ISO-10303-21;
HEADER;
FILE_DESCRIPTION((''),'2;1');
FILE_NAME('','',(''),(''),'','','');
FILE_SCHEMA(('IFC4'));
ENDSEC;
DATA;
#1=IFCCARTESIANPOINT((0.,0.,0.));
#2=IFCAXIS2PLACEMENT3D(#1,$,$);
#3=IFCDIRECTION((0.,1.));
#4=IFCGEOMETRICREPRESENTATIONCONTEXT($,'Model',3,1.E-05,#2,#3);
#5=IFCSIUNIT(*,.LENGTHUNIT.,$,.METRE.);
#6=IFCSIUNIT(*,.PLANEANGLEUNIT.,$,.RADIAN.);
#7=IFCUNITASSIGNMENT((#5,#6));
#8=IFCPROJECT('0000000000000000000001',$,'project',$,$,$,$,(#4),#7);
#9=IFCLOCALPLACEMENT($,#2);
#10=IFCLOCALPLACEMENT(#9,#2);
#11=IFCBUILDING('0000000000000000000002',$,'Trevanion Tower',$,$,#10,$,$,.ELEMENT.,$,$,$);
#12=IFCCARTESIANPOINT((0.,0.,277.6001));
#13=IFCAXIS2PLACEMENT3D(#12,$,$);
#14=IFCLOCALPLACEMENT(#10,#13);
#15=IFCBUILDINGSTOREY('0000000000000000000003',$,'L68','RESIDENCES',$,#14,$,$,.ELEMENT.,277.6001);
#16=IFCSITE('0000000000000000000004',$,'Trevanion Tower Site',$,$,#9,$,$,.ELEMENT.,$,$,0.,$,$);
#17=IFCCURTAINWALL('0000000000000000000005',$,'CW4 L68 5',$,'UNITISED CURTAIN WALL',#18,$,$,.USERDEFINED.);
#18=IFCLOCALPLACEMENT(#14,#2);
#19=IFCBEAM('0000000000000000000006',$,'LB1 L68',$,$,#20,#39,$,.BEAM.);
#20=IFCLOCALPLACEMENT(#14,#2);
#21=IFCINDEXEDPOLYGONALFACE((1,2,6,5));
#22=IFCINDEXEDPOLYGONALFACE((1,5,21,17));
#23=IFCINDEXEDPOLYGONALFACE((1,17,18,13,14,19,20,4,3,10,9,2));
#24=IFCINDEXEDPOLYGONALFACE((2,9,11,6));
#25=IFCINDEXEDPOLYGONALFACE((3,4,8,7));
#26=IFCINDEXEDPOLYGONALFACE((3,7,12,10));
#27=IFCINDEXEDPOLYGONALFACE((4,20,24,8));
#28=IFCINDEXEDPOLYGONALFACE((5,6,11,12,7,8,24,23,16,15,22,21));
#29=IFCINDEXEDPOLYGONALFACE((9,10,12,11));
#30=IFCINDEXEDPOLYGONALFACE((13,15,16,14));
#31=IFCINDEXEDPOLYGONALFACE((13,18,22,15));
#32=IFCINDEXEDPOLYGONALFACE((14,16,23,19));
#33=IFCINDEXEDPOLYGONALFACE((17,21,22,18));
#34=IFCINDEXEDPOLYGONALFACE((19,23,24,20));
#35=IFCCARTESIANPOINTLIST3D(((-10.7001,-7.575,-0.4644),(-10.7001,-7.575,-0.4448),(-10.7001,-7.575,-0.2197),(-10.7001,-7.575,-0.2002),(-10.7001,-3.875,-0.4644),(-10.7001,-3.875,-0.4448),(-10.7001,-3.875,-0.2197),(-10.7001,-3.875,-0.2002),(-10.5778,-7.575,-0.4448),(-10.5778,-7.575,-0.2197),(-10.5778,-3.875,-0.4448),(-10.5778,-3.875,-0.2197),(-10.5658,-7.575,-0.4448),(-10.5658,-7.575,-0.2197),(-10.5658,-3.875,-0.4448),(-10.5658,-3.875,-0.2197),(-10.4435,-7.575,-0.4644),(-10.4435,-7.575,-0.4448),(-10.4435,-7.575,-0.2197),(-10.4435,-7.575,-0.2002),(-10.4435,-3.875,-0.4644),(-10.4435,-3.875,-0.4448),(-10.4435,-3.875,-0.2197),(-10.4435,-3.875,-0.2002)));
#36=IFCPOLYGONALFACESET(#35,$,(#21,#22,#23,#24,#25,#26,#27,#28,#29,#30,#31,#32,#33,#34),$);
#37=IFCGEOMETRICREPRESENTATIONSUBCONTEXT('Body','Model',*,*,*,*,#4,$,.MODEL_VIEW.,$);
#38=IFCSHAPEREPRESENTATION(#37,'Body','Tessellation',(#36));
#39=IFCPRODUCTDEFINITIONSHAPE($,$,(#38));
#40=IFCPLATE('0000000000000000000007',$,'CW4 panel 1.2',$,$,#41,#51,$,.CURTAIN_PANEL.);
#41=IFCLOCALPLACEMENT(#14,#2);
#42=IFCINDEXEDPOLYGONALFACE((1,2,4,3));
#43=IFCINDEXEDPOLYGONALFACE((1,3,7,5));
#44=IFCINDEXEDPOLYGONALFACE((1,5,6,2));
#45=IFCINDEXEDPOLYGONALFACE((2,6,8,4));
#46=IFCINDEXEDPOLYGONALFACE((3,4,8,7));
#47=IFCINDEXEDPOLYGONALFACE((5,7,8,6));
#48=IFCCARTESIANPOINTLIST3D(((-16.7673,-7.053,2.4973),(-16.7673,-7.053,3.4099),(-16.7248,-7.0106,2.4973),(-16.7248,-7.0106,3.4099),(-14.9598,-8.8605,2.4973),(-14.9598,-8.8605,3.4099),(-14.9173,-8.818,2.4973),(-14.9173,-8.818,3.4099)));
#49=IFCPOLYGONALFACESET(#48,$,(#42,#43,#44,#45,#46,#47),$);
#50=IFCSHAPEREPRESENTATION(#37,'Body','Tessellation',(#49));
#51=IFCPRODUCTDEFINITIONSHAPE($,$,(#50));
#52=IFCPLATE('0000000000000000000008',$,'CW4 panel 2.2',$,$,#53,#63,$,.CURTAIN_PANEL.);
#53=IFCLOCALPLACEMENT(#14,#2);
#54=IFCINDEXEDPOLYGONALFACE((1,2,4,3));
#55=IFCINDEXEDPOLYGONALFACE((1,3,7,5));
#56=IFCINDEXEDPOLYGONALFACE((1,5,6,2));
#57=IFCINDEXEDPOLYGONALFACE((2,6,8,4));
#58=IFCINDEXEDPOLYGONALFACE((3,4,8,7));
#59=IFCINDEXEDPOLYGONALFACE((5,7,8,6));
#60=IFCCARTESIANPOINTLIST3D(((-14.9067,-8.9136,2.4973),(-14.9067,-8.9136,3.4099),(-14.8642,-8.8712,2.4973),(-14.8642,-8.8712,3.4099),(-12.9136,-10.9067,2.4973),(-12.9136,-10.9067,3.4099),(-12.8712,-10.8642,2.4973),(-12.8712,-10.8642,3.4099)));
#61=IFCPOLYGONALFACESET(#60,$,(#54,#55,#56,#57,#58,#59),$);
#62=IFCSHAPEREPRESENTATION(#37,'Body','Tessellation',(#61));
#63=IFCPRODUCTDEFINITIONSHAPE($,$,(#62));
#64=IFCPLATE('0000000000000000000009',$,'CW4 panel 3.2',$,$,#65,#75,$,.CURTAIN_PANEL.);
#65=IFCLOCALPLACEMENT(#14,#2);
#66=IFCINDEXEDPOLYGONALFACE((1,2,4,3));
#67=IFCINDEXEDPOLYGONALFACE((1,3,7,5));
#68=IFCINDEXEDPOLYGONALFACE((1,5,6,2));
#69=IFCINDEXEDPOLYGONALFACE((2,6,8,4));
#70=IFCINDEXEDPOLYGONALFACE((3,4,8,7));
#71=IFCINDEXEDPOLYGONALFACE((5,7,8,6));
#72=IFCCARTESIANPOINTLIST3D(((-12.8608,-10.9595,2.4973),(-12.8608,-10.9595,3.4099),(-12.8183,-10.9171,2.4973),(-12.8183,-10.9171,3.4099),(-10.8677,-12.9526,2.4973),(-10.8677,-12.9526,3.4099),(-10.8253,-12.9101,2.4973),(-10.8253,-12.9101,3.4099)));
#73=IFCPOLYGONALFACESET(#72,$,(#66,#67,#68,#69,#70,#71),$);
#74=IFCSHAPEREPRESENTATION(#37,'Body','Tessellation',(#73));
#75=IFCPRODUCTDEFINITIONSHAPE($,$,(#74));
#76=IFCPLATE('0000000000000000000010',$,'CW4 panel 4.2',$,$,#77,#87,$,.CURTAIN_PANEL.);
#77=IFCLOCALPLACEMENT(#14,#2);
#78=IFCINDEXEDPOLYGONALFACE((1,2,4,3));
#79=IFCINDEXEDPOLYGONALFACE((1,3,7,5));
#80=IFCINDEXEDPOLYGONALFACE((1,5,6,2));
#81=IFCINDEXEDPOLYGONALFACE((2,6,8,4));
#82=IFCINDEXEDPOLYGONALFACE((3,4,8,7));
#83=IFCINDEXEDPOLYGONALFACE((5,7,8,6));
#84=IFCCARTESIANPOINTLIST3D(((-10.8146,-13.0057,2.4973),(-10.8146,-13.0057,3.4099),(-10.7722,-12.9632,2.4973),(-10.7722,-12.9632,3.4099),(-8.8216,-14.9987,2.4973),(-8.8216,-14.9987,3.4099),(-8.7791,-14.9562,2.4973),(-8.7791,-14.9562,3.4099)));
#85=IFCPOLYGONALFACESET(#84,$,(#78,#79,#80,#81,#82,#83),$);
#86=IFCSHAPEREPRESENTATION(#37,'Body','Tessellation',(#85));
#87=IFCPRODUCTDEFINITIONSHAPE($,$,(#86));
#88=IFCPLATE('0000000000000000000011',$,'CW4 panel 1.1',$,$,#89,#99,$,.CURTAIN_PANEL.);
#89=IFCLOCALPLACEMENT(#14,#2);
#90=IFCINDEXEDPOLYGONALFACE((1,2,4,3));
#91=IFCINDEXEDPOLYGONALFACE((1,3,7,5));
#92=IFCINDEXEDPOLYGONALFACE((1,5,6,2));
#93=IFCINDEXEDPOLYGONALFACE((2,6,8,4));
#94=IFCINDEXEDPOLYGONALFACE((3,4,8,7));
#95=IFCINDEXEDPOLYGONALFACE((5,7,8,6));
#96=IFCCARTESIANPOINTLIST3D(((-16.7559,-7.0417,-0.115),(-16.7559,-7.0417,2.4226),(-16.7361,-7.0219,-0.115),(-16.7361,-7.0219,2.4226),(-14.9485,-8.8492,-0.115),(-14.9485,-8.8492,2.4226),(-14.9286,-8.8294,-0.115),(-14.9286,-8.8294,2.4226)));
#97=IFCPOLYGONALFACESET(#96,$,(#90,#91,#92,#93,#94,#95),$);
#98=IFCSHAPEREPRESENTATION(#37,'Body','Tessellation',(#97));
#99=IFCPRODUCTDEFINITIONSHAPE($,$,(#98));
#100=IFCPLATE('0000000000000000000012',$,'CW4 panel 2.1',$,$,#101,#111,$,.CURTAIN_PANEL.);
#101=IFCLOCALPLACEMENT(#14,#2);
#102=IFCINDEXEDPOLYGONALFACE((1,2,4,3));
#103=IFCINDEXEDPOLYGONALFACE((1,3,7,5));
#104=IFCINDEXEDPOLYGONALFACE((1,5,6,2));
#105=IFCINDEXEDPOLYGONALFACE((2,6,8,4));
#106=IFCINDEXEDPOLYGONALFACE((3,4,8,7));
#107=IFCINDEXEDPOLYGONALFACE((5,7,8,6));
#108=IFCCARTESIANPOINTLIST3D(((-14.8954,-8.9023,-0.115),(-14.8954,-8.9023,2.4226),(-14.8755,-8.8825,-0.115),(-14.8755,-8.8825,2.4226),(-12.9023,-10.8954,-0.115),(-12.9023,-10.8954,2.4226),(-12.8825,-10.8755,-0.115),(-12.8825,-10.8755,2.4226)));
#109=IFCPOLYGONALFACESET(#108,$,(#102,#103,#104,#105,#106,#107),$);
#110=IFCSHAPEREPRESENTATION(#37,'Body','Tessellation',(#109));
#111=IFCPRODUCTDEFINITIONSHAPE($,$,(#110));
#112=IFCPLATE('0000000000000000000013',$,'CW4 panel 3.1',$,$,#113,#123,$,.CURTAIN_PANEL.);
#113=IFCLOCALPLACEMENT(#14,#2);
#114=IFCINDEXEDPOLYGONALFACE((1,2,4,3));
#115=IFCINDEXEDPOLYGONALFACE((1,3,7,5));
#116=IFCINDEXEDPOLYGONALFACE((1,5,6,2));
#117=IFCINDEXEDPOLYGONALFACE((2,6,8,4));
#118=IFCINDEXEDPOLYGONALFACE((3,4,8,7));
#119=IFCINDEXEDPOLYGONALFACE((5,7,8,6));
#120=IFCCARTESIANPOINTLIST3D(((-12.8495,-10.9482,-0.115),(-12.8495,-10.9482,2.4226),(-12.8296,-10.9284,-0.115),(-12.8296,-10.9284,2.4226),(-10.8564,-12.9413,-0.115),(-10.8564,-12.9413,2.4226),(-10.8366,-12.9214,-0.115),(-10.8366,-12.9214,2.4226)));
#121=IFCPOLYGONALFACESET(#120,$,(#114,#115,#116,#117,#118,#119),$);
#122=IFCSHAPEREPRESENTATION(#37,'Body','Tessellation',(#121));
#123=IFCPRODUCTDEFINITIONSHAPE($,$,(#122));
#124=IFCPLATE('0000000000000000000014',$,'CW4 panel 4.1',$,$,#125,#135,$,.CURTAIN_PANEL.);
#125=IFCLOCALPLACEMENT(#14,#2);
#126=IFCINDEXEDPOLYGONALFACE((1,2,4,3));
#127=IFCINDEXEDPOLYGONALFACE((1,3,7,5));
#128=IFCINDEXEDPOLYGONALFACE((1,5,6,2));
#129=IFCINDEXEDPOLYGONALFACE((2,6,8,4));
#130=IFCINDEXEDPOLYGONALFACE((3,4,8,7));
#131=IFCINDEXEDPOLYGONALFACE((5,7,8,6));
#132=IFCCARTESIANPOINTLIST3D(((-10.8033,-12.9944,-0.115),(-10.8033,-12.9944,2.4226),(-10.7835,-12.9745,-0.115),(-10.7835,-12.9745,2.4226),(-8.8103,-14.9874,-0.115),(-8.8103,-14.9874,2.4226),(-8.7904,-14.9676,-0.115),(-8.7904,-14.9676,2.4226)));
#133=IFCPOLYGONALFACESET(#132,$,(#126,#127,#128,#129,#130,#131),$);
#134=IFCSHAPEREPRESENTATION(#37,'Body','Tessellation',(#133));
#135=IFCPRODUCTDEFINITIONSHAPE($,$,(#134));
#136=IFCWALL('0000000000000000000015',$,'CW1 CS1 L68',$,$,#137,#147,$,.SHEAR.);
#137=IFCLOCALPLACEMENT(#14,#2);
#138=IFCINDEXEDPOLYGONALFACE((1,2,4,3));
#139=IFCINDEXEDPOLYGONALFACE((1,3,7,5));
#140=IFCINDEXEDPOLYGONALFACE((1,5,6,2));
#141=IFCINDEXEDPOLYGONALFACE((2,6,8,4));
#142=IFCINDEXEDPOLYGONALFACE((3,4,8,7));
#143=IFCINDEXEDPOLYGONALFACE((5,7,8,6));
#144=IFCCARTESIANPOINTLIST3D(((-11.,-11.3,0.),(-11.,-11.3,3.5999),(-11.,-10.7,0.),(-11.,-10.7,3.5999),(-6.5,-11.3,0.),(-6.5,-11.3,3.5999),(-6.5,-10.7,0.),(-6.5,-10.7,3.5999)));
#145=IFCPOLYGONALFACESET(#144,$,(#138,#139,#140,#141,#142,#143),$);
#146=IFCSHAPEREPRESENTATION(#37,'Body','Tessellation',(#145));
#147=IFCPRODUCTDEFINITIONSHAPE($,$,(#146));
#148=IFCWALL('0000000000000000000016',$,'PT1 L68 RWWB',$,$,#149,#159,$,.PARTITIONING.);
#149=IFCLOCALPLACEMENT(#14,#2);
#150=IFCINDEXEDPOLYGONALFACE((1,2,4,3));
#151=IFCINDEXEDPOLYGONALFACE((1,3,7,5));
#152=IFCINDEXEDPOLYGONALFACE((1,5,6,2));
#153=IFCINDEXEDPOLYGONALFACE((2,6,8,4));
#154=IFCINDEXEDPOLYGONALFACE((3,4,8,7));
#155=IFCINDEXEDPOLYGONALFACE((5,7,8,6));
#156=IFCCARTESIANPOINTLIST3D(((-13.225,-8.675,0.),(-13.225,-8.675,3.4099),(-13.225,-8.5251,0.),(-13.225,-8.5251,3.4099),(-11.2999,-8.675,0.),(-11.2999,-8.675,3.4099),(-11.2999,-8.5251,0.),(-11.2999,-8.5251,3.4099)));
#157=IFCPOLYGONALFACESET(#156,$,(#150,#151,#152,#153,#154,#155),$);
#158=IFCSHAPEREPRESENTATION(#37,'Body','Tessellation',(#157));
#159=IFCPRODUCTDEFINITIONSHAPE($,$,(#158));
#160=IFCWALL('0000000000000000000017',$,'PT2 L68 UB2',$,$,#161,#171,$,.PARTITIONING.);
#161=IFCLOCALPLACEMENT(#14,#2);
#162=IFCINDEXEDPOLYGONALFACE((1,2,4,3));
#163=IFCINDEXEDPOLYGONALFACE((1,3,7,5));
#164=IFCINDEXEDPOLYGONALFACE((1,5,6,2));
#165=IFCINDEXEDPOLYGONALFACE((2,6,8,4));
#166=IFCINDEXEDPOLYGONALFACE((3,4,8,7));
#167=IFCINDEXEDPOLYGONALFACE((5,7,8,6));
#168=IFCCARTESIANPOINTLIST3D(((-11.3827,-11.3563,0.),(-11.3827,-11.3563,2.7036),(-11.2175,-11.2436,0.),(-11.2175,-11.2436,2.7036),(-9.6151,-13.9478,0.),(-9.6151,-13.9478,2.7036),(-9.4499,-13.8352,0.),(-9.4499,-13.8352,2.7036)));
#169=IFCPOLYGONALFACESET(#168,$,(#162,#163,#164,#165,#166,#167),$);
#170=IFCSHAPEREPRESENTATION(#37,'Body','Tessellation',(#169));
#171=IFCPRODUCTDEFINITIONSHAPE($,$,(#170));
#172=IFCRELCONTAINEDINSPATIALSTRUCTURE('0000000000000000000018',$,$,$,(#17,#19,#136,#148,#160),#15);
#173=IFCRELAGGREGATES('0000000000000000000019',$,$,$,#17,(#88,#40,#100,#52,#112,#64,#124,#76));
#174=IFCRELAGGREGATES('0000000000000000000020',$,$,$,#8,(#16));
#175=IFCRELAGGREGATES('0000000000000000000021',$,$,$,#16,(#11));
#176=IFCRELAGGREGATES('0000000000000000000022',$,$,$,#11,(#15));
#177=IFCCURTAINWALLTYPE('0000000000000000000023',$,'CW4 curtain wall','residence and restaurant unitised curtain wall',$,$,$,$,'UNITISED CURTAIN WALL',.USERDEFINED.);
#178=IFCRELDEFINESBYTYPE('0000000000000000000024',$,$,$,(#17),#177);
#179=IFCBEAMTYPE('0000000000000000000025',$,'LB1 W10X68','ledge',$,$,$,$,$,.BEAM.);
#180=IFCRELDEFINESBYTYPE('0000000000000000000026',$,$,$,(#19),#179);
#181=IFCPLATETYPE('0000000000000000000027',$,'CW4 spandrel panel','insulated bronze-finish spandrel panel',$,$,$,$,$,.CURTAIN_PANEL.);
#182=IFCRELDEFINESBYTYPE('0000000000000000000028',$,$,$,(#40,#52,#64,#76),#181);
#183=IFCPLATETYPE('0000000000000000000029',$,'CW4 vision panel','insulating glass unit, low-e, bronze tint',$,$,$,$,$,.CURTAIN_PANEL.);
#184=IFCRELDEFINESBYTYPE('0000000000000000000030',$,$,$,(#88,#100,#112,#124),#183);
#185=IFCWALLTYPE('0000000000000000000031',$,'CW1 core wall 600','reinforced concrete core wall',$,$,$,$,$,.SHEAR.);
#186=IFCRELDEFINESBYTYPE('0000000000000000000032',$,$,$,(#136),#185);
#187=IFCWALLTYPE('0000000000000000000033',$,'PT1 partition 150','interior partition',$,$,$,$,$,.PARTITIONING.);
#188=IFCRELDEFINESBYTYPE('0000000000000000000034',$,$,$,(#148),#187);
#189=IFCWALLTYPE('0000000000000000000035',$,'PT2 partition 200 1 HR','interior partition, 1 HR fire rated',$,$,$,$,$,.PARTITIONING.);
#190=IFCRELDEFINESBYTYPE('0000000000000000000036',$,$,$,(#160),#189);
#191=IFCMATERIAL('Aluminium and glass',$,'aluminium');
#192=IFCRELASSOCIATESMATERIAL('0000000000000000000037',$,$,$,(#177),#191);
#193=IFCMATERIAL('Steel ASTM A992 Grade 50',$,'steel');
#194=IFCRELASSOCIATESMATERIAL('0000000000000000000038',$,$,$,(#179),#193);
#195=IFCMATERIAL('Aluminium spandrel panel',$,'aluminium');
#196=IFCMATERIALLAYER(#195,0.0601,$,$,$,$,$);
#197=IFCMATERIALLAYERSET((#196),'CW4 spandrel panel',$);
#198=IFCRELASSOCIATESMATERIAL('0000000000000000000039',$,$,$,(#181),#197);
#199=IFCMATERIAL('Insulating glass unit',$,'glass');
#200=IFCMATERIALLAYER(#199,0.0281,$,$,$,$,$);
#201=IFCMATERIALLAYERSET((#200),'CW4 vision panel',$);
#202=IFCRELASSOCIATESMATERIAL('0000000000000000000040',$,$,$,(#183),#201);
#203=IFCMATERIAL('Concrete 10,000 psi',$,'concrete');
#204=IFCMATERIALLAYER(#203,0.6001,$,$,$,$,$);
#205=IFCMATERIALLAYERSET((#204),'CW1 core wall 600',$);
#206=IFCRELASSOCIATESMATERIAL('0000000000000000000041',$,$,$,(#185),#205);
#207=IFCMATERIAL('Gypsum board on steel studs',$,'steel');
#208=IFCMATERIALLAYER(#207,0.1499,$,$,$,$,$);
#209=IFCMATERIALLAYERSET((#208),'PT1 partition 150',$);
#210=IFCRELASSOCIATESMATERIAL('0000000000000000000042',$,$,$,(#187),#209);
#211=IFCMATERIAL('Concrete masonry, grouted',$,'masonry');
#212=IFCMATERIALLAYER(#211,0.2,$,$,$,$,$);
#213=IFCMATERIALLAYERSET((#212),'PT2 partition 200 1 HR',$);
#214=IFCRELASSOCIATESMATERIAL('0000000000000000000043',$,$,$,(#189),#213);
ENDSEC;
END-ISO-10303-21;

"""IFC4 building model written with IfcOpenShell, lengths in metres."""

from ifc_helpers import new_model, si_unit, direction, frame, frame_2d, origin, origin_2d, place, context, subcontext, project, spatial, rectangle, i_section, extrude, material, layer, layer_set, material_profile, profile_set, type_object, element, aggregate, save


model = new_model("IFC4")

# Units and contexts
model_context = context("Model", 3, precision=1e-05, world=origin(), true_north=direction((0.0, 1.0)))
body_context = subcontext(model_context, "Body", "Model", "MODEL_VIEW")
ifc_project = project(units=[si_unit("LENGTHUNIT", "METRE"), si_unit("PLANEANGLEUNIT", "RADIAN")], contexts=[model_context])

# Site, building, storey
site_placement = place(None, origin())
site = spatial("IfcSite", under=ifc_project, at=site_placement, Name="Trevanion Tower Site", CompositionType="ELEMENT", RefElevation=0.0)
building_placement = place(site_placement, origin())
building = spatial("IfcBuilding", under=site, at=building_placement, Name="Trevanion Tower", CompositionType="ELEMENT")
storey_placement = place(building_placement, frame((0.0, 0.0, 277.6001)))
storey = spatial("IfcBuildingStorey", under=building, at=storey_placement, Name="L68", Description="RESIDENCES", CompositionType="ELEMENT", Elevation=277.6001)

# Curtain wall
ifc_material_1 = material(Name="Aluminium and glass", Category="aluminium")
curtain_wall_type = type_object("IfcCurtainWallType", Name="CW4 curtain wall", Description="residence and restaurant unitised curtain wall", ElementType="UNITISED CURTAIN WALL", PredefinedType="USERDEFINED", material=ifc_material_1)
curtain_wall_placement = place(storey_placement, origin())
curtain_wall = element("IfcCurtainWall", 1, at=curtain_wall_placement, inside=storey, type_object=curtain_wall_type, Name="CW4 L68 5", ObjectType="UNITISED CURTAIN WALL", PredefinedType="USERDEFINED")

# Beam
ifc_material_2 = material(Name="Steel ASTM A992 Grade 50", Category="steel")
ifc_material_profile_1 = material_profile(ifc_material_2, i_section(OverallWidth=0.2566, OverallDepth=0.2642, WebThickness=0.012, FlangeThickness=0.0195, at=origin_2d()), Name="W10X68")
ifc_profile_set_1 = profile_set([ifc_material_profile_1], Name="Steel ASTM A992 Grade 50")
beam_type = type_object("IfcBeamType", Name="LB1 W10X68", Description="ledge", PredefinedType="BEAM", material=ifc_profile_set_1)
beam_placement = place(storey_placement, frame((-10.5718, -7.575, -0.3323), z_axis=(0.0, 1.0, 0.0), x_axis=(-1.0, 0.0, 0.0)))
element("IfcBeam", 2, at=beam_placement, inside=storey, type_object=beam_type, Name="LB1 L68", PredefinedType="BEAM", context=body_context, shape_type="SweptSolid", body=[
    extrude(i_section(OverallWidth=0.2566, OverallDepth=0.2642, WebThickness=0.012, FlangeThickness=0.0195, at=origin_2d()), origin(), (0.0, 0.0, 1.0), 3.7),
])

# Plates
ifc_material_3 = material(Name="Aluminium spandrel panel", Category="aluminium")
ifc_layer_1 = layer(ifc_material_3, 0.0601)
ifc_layer_set_1 = layer_set([ifc_layer_1], Name="CW4 spandrel panel")
plate_type_1 = type_object("IfcPlateType", Name="CW4 spandrel panel", Description="insulated bronze-finish spandrel panel", PredefinedType="CURTAIN_PANEL", material=ifc_layer_set_1)
plate_1_placement = place(storey_placement, frame((-15.8423, -7.9355, 2.4973), z_axis=(0.0, 0.0, 1.0), x_axis=(0.707107, -0.707107, 0.0)))
plate_1 = element("IfcPlate", 3, at=plate_1_placement, type_object=plate_type_1, Name="CW4 panel 1.2", PredefinedType="CURTAIN_PANEL", context=body_context, shape_type="SweptSolid", body=[
    extrude(rectangle(XDim=2.5562, YDim=0.0601, at=origin_2d()), origin(), (0.0, 0.0, 1.0), 0.9126),
])
plate_2_placement = place(storey_placement, frame((-13.8889, -9.8889, 2.4973), z_axis=(0.0, 0.0, 1.0), x_axis=(0.707107, -0.707107, 0.0)))
plate_2 = element("IfcPlate", 4, at=plate_2_placement, type_object=plate_type_1, Name="CW4 panel 2.2", PredefinedType="CURTAIN_PANEL", context=body_context, shape_type="SweptSolid", body=[
    extrude(rectangle(XDim=2.8186, YDim=0.0601, at=origin_2d()), origin(), (0.0, 0.0, 1.0), 0.9126),
])
plate_3_placement = place(storey_placement, frame((-11.843, -11.9348, 2.4973), z_axis=(0.0, 0.0, 1.0), x_axis=(0.707107, -0.707107, 0.0)))
plate_3 = element("IfcPlate", 5, at=plate_3_placement, type_object=plate_type_1, Name="CW4 panel 3.2", PredefinedType="CURTAIN_PANEL", context=body_context, shape_type="SweptSolid", body=[
    extrude(rectangle(XDim=2.8186, YDim=0.0601, at=origin_2d()), origin(), (0.0, 0.0, 1.0), 0.9126),
])
plate_4_placement = place(storey_placement, frame((-9.7969, -13.981, 2.4973), z_axis=(0.0, 0.0, 1.0), x_axis=(0.707107, -0.707107, 0.0)))
plate_4 = element("IfcPlate", 6, at=plate_4_placement, type_object=plate_type_1, Name="CW4 panel 4.2", PredefinedType="CURTAIN_PANEL", context=body_context, shape_type="SweptSolid", body=[
    extrude(rectangle(XDim=2.8186, YDim=0.0601, at=origin_2d()), origin(), (0.0, 0.0, 1.0), 0.9126),
])
ifc_material_4 = material(Name="Insulating glass unit", Category="glass")
ifc_layer_2 = layer(ifc_material_4, 0.0281)
ifc_layer_set_2 = layer_set([ifc_layer_2], Name="CW4 vision panel")
plate_type_2 = type_object("IfcPlateType", Name="CW4 vision panel", Description="insulating glass unit, low-e, bronze tint", PredefinedType="CURTAIN_PANEL", material=ifc_layer_set_2)
plate_5_placement = place(storey_placement, frame((-15.8423, -7.9355, -0.115), z_axis=(0.0, 0.0, 1.0), x_axis=(0.707107, -0.707107, 0.0)))
plate_5 = element("IfcPlate", 7, at=plate_5_placement, type_object=plate_type_2, Name="CW4 panel 1.1", PredefinedType="CURTAIN_PANEL", context=body_context, shape_type="SweptSolid", body=[
    extrude(rectangle(XDim=2.5562, YDim=0.0281, at=origin_2d()), origin(), (0.0, 0.0, 1.0), 2.5376),
])
plate_6_placement = place(storey_placement, frame((-13.8889, -9.8889, -0.115), z_axis=(0.0, 0.0, 1.0), x_axis=(0.707107, -0.707107, 0.0)))
plate_6 = element("IfcPlate", 8, at=plate_6_placement, type_object=plate_type_2, Name="CW4 panel 2.1", PredefinedType="CURTAIN_PANEL", context=body_context, shape_type="SweptSolid", body=[
    extrude(rectangle(XDim=2.8186, YDim=0.0281, at=origin_2d()), origin(), (0.0, 0.0, 1.0), 2.5376),
])
plate_7_placement = place(storey_placement, frame((-11.843, -11.9348, -0.115), z_axis=(0.0, 0.0, 1.0), x_axis=(0.707107, -0.707107, 0.0)))
plate_7 = element("IfcPlate", 9, at=plate_7_placement, type_object=plate_type_2, Name="CW4 panel 3.1", PredefinedType="CURTAIN_PANEL", context=body_context, shape_type="SweptSolid", body=[
    extrude(rectangle(XDim=2.8186, YDim=0.0281, at=origin_2d()), origin(), (0.0, 0.0, 1.0), 2.5376),
])
plate_8_placement = place(storey_placement, frame((-9.7969, -13.981, -0.115), z_axis=(0.0, 0.0, 1.0), x_axis=(0.707107, -0.707107, 0.0)))
plate_8 = element("IfcPlate", 10, at=plate_8_placement, type_object=plate_type_2, Name="CW4 panel 4.1", PredefinedType="CURTAIN_PANEL", context=body_context, shape_type="SweptSolid", body=[
    extrude(rectangle(XDim=2.8186, YDim=0.0281, at=origin_2d()), origin(), (0.0, 0.0, 1.0), 2.5376),
])
aggregate(curtain_wall, [plate_5, plate_1, plate_6, plate_2, plate_7, plate_3, plate_8, plate_4])

# Walls
ifc_material_5 = material(Name="Concrete 10,000 psi", Category="concrete")
ifc_layer_3 = layer(ifc_material_5, 0.6001)
ifc_layer_set_3 = layer_set([ifc_layer_3], Name="CW1 core wall 600")
wall_type_1 = type_object("IfcWallType", Name="CW1 core wall 600", Description="reinforced concrete core wall", PredefinedType="SHEAR", material=ifc_layer_set_3)
wall_1_placement = place(storey_placement, frame((-11.0, -11.0, 0.0), z_axis=(0.0, 0.0, 1.0), x_axis=(1.0, 0.0, 0.0)))
element("IfcWall", 11, at=wall_1_placement, inside=storey, type_object=wall_type_1, Name="CW1 CS1 L68", PredefinedType="SHEAR", context=body_context, shape_type="SweptSolid", body=[
    extrude(rectangle(XDim=4.5, YDim=0.6001, at=frame_2d((2.25, 0.0))), origin(), (0.0, 0.0, 1.0), 3.5999),
])
ifc_material_6 = material(Name="Gypsum board on steel studs", Category="steel")
ifc_layer_4 = layer(ifc_material_6, 0.1499)
ifc_layer_set_4 = layer_set([ifc_layer_4], Name="PT1 partition 150")
wall_type_2 = type_object("IfcWallType", Name="PT1 partition 150", Description="interior partition", PredefinedType="PARTITIONING", material=ifc_layer_set_4)
wall_2_placement = place(storey_placement, frame((-11.3, -8.6001, 0.0), z_axis=(0.0, 0.0, 1.0), x_axis=(-1.0, 0.0, 0.0)))
element("IfcWall", 12, at=wall_2_placement, inside=storey, type_object=wall_type_2, Name="PT1 L68 RWWB", PredefinedType="PARTITIONING", context=body_context, shape_type="SweptSolid", body=[
    extrude(rectangle(XDim=1.925, YDim=0.1499, at=frame_2d((0.9624, 0.0))), origin(), (0.0, 0.0, 1.0), 3.4099),
])
ifc_material_7 = material(Name="Concrete masonry, grouted", Category="masonry")
ifc_layer_5 = layer(ifc_material_7, 0.2)
ifc_layer_set_5 = layer_set([ifc_layer_5], Name="PT2 partition 200 1 HR")
wall_type_3 = type_object("IfcWallType", Name="PT2 partition 200 1 HR", Description="interior partition, 1 HR fire rated", PredefinedType="PARTITIONING", material=ifc_layer_set_5)
wall_3_placement = place(storey_placement, frame((-11.3, -11.3, 0.0), z_axis=(0.0, 0.0, 1.0), x_axis=(0.56347, -0.826137, 0.0)))
element("IfcWall", 13, at=wall_3_placement, inside=storey, type_object=wall_type_3, Name="PT2 L68 UB2", PredefinedType="PARTITIONING", context=body_context, shape_type="SweptSolid", body=[
    extrude(rectangle(XDim=3.137, YDim=0.2, at=frame_2d((1.5684, 0.0))), origin(), (0.0, 0.0, 1.0), 2.7036),
])

save(model, "model.ifc")
